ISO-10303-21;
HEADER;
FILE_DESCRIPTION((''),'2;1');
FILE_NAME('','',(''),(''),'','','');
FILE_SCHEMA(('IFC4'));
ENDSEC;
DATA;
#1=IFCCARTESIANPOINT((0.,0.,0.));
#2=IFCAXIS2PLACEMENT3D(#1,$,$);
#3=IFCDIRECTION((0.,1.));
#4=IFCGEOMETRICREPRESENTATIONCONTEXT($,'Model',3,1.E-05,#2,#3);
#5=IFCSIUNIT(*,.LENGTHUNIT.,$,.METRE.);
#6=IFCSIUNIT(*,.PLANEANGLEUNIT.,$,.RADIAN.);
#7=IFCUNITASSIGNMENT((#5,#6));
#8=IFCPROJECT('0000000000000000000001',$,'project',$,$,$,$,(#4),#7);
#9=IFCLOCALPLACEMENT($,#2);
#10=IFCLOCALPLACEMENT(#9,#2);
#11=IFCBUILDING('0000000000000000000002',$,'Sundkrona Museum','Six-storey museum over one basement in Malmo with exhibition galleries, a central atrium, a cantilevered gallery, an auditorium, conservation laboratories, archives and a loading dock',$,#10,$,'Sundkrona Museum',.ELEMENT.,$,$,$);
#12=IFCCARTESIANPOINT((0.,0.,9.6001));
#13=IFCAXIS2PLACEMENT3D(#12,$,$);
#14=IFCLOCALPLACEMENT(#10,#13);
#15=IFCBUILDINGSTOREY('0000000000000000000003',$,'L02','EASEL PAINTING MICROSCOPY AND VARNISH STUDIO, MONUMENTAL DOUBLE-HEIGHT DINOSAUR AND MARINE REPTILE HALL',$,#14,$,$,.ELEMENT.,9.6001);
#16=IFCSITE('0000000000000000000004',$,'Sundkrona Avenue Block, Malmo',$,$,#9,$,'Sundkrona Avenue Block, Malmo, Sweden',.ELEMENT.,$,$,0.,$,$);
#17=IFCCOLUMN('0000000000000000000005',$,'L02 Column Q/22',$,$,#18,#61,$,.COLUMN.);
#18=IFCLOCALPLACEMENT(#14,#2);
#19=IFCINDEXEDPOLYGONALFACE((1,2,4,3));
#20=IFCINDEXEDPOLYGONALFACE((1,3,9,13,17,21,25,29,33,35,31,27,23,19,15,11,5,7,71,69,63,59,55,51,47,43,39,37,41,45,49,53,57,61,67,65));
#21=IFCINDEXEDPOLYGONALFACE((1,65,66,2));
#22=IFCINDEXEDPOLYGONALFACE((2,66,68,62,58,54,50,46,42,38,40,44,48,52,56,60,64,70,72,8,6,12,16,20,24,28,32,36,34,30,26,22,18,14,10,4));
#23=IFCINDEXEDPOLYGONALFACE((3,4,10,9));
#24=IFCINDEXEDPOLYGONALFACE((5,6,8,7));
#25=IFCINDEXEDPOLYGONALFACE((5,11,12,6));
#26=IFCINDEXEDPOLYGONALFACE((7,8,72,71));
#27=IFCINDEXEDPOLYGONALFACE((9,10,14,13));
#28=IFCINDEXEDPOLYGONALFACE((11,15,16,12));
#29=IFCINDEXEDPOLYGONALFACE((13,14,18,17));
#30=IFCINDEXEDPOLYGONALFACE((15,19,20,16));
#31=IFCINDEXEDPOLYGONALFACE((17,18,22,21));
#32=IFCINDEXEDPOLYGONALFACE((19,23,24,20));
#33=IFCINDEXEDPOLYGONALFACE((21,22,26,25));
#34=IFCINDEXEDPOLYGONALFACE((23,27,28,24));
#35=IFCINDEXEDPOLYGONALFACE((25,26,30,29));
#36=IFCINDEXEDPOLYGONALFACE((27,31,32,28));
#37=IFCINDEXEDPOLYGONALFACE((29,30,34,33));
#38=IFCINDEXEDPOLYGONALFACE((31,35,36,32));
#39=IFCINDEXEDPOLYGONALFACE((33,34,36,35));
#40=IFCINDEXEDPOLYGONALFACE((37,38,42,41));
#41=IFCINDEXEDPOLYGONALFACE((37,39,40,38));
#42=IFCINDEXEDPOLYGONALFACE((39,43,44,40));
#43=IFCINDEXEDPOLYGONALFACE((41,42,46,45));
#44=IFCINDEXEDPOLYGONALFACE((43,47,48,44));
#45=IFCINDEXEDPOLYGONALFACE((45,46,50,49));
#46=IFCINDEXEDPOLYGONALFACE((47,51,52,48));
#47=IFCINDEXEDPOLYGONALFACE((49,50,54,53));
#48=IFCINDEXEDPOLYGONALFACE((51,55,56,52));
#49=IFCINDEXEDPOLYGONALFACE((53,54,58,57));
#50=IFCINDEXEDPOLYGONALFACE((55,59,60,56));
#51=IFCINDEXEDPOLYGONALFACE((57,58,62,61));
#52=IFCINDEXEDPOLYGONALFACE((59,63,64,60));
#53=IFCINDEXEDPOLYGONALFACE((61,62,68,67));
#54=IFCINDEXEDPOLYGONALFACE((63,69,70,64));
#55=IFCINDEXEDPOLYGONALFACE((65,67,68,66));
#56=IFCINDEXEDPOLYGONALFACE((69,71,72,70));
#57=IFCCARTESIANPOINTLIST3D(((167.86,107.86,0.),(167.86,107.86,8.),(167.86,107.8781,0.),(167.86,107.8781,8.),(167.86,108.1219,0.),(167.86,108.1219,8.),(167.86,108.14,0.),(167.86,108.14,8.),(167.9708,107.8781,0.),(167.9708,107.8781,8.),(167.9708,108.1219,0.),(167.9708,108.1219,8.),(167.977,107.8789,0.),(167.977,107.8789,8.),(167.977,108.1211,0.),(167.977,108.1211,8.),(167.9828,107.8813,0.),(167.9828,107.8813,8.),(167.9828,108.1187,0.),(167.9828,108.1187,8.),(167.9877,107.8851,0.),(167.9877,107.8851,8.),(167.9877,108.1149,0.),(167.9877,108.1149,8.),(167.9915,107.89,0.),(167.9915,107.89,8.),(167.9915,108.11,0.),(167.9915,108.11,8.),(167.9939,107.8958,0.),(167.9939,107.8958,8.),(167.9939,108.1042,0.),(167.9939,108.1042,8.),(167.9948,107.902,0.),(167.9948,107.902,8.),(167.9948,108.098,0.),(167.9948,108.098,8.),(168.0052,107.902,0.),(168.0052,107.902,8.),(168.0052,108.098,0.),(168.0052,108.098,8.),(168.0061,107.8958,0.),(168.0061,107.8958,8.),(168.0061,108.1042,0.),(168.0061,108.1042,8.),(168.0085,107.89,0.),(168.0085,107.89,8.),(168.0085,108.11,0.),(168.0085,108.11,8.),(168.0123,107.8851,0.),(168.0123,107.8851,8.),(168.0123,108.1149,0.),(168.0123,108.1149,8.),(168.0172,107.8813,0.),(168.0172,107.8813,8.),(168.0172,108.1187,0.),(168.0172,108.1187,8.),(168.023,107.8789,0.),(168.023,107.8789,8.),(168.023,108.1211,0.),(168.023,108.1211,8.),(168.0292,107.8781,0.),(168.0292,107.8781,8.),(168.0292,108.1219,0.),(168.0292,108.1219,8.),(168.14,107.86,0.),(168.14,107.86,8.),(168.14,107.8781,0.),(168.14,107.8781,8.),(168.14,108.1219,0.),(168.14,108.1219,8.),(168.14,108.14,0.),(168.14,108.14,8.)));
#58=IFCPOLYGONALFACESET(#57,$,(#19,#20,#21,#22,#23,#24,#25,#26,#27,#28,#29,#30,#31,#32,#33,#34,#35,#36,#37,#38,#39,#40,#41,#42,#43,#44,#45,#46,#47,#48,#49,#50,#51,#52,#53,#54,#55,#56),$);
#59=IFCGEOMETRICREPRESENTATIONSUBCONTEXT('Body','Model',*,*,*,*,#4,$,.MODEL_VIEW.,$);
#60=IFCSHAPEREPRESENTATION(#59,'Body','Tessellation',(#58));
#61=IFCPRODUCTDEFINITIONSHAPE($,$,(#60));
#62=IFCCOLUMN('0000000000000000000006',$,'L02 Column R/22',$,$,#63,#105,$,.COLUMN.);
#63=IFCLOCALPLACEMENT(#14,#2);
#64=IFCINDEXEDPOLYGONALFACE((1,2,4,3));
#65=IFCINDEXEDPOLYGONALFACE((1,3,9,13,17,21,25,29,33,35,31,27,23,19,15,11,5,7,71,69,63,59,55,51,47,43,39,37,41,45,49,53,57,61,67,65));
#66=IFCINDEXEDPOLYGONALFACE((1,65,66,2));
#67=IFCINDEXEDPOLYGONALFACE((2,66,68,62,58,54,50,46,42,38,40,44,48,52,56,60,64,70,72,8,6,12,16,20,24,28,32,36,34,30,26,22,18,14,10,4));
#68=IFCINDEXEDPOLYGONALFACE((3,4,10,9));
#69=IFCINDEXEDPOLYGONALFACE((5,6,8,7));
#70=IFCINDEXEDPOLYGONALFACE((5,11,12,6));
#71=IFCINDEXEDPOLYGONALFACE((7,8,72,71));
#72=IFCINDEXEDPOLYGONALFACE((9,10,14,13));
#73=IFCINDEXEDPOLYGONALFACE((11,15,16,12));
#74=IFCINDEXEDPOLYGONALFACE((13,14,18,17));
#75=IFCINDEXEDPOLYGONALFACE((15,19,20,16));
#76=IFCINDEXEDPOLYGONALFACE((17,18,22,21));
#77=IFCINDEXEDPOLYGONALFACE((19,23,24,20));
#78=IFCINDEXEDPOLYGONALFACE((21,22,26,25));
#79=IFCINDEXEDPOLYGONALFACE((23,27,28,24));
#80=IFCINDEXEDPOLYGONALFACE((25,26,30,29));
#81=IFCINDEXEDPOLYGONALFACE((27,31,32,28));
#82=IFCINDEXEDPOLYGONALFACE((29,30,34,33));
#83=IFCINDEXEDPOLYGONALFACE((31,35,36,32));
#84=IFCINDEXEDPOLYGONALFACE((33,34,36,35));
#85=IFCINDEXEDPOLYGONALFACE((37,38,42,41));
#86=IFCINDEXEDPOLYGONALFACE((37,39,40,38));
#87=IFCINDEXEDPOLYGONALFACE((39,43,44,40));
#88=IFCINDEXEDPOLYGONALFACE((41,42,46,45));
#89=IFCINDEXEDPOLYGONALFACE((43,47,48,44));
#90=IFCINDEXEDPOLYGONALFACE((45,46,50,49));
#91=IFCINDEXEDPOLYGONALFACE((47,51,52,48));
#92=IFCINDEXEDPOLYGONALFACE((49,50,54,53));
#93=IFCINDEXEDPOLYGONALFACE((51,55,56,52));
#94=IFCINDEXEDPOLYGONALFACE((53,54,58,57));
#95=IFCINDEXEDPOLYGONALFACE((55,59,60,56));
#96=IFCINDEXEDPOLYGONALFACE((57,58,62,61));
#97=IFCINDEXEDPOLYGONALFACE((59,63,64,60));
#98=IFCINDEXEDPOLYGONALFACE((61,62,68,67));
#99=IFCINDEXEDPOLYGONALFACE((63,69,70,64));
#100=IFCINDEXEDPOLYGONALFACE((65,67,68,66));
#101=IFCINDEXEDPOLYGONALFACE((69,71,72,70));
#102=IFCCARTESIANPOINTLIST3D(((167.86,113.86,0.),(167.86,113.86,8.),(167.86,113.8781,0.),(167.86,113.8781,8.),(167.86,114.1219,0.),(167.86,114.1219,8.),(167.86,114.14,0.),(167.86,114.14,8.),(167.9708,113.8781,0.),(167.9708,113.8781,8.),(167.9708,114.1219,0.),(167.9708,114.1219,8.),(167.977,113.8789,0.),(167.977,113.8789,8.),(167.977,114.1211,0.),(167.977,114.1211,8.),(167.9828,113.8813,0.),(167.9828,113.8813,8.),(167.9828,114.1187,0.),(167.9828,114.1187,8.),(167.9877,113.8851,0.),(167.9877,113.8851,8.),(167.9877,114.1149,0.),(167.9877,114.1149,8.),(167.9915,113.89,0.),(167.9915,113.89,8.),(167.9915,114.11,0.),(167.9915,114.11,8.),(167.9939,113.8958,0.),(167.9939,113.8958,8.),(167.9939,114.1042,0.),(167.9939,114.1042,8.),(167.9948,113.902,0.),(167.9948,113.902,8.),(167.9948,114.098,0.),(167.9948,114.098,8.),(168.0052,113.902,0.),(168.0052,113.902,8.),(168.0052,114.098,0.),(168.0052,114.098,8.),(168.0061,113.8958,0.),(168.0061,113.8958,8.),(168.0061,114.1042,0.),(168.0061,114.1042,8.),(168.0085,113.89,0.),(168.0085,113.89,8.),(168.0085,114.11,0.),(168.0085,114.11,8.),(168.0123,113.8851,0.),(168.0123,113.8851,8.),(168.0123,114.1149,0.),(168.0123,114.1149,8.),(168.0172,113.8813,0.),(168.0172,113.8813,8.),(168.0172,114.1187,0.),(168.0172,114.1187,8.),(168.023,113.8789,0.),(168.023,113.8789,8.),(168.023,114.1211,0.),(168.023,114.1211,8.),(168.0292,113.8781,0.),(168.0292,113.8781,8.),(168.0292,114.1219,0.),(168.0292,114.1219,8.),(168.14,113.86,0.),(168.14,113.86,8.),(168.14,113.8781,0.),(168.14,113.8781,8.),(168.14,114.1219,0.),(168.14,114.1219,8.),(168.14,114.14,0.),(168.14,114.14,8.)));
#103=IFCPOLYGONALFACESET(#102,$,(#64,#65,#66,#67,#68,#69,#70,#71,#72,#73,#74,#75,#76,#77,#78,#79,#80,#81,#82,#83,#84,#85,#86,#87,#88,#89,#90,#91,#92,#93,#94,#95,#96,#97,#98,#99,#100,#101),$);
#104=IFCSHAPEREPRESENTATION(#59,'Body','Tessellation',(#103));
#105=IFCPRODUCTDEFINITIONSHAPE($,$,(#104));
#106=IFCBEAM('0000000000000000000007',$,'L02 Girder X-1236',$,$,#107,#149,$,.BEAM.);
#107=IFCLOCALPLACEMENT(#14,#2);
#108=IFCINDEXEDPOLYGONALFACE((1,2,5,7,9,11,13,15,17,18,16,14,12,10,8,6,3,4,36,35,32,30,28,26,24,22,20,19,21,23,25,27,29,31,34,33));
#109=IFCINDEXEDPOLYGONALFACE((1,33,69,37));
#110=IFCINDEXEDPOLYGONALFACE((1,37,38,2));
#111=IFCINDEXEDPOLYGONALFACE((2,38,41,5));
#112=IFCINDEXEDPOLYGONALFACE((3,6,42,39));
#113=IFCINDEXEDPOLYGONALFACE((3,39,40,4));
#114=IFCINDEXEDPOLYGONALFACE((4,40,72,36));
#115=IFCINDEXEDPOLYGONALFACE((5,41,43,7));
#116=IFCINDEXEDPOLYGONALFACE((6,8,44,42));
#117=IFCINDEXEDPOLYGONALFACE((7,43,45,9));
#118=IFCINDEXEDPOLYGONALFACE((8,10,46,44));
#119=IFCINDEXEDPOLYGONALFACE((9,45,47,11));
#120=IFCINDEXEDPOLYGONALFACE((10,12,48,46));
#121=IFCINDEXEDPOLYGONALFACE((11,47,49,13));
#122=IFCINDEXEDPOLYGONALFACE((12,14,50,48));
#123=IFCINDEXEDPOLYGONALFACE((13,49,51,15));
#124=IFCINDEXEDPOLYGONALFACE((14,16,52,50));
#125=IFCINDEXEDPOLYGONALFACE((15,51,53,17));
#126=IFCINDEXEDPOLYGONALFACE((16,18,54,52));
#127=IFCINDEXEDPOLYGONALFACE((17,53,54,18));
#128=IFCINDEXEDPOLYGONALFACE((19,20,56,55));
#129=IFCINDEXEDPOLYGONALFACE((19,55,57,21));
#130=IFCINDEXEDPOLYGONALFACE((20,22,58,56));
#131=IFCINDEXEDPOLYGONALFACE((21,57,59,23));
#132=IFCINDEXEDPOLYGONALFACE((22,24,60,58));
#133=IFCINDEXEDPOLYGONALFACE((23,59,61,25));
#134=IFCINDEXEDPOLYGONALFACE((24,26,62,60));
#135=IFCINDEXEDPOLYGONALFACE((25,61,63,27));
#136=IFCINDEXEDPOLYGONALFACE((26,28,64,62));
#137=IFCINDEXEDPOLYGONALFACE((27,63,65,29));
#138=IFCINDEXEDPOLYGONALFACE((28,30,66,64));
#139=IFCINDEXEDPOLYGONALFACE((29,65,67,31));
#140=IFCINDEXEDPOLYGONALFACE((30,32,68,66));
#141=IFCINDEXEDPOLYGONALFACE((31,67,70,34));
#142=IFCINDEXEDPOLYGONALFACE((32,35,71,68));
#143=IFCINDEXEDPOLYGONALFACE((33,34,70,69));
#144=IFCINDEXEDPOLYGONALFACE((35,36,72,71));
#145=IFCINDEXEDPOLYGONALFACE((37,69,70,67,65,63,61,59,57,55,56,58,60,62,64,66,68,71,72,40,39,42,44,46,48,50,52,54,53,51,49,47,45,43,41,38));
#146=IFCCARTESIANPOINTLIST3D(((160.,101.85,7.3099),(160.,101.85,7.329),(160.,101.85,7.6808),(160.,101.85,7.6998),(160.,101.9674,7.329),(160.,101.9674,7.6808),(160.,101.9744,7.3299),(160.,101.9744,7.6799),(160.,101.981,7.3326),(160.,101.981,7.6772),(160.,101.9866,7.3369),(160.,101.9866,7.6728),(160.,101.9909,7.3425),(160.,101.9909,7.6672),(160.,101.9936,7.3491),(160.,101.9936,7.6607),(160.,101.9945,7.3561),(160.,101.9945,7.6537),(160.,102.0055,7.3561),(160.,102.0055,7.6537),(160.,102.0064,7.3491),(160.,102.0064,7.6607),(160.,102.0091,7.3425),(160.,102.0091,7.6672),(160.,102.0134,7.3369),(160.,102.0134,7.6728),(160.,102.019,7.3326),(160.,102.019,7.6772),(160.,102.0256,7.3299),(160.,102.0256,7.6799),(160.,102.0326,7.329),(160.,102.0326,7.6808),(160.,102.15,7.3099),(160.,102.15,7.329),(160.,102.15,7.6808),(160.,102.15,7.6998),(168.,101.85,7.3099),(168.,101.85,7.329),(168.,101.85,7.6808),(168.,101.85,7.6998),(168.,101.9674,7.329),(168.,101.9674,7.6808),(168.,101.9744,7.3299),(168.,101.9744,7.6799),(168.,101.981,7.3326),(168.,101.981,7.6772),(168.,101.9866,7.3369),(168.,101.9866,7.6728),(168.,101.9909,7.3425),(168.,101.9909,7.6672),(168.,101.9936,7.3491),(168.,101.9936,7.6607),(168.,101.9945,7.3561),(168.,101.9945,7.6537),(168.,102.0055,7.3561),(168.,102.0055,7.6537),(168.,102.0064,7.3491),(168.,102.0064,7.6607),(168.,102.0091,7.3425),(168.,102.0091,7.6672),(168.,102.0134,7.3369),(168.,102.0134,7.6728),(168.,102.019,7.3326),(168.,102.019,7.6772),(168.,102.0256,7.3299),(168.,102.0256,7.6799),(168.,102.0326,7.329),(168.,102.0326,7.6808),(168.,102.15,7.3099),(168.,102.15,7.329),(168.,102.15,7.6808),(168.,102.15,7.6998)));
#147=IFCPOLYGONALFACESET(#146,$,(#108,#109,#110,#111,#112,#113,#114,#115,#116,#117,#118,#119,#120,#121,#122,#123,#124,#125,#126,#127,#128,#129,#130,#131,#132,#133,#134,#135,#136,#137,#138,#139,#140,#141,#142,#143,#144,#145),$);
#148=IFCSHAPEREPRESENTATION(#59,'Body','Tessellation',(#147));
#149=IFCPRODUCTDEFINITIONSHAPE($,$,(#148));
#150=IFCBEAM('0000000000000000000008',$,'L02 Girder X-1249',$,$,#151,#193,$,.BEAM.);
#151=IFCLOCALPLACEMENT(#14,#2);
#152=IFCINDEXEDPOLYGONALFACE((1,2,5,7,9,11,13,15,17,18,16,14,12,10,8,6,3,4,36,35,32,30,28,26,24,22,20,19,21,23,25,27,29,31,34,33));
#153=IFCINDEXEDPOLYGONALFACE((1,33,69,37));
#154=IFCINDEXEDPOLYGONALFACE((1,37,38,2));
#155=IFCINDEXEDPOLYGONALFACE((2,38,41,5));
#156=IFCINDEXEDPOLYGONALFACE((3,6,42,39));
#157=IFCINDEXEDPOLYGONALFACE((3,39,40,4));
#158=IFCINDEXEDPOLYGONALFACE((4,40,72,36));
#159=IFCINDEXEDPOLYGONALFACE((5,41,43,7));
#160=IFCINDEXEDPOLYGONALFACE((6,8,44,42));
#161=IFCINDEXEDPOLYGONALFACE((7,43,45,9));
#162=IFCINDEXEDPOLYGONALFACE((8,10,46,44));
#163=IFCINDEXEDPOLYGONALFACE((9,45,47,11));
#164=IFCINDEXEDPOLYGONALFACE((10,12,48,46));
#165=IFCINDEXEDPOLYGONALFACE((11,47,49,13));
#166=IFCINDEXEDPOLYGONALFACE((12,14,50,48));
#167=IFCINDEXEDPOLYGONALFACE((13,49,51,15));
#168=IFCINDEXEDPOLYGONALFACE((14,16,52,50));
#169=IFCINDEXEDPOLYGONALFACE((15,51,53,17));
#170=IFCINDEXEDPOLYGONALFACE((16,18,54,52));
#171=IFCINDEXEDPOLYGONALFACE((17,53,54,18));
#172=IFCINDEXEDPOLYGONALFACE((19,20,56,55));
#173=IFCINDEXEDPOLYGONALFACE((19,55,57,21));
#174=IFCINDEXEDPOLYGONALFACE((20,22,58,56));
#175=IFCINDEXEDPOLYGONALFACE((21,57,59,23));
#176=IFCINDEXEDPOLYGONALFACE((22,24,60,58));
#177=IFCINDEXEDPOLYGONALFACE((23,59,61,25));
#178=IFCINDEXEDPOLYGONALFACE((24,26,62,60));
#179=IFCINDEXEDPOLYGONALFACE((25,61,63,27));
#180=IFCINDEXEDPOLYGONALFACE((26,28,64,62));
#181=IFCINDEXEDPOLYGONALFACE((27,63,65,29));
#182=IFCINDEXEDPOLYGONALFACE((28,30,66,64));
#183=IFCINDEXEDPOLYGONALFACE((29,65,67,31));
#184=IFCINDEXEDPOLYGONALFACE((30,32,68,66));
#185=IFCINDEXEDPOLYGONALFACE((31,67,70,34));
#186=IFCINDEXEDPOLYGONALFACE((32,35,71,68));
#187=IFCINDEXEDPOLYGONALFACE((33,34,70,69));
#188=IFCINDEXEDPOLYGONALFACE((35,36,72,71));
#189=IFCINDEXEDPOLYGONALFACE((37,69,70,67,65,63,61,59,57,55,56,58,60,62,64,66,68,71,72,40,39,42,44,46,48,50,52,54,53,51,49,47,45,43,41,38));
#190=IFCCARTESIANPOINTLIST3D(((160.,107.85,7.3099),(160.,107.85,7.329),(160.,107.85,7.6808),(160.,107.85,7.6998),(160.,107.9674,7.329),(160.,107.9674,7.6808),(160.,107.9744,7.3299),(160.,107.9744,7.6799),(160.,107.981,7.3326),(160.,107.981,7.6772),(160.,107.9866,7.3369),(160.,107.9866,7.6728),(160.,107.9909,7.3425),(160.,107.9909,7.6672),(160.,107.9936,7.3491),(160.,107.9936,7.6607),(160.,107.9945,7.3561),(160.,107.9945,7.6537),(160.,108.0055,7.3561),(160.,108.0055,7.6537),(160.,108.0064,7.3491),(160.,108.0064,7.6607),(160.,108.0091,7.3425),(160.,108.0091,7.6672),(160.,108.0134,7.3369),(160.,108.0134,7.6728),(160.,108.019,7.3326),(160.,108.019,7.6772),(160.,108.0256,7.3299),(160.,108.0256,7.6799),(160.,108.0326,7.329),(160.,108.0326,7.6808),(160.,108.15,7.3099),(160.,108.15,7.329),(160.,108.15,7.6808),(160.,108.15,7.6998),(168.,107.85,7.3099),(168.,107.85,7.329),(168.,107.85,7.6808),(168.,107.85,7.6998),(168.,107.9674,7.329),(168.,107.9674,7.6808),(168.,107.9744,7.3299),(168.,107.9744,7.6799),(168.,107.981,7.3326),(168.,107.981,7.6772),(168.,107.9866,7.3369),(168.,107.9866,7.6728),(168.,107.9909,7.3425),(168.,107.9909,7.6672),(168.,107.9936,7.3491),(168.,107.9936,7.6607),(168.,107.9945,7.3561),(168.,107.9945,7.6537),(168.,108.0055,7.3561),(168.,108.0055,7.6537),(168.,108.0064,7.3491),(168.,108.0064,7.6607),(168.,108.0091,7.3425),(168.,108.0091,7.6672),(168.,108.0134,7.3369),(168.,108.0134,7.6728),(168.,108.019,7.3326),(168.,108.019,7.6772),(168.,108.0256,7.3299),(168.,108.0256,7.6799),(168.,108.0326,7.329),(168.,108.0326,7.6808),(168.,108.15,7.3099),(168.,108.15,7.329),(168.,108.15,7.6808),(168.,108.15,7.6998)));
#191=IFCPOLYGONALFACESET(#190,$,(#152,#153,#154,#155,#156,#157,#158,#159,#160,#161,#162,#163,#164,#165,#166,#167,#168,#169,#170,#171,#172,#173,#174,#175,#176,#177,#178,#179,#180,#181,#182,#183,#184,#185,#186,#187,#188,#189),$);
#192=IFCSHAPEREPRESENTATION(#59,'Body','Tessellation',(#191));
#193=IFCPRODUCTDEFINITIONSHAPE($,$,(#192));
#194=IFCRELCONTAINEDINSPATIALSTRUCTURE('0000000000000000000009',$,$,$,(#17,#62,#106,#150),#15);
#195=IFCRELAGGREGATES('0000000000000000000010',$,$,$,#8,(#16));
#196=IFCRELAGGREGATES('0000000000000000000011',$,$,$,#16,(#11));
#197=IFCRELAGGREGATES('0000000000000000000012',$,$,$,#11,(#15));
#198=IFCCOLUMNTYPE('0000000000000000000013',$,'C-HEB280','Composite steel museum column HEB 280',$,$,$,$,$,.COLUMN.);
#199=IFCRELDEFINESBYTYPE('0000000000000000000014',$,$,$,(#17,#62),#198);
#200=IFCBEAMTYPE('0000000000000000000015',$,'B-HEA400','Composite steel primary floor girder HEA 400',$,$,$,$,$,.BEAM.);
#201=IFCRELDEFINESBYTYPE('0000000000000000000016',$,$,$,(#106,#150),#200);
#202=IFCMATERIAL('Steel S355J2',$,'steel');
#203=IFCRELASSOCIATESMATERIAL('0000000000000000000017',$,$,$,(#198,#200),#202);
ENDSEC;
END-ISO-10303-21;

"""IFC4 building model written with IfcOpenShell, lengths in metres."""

from ifc_helpers import new_model, si_unit, direction, frame, origin, origin_2d, place, context, subcontext, project, spatial, i_section, extrude, material, material_profile, profile_set, type_object, element, save


model = new_model("IFC4")

# Units and contexts
model_context = context("Model", 3, precision=1e-05, world=origin(), true_north=direction((0.0, 1.0)))
body_context = subcontext(model_context, "Body", "Model", "MODEL_VIEW")
ifc_project = project(units=[si_unit("LENGTHUNIT", "METRE"), si_unit("PLANEANGLEUNIT", "RADIAN")], contexts=[model_context])

# Site, building, storey
site_placement = place(None, origin())
site = spatial("IfcSite", under=ifc_project, at=site_placement, Name="Sundkrona Avenue Block, Malmo", LongName="Sundkrona Avenue Block, Malmo, Sweden", CompositionType="ELEMENT", RefElevation=0.0)
building_placement = place(site_placement, origin())
building = spatial("IfcBuilding", under=site, at=building_placement, Name="Sundkrona Museum", Description="Six-storey museum over one basement in Malmo with exhibition galleries, a central atrium, a cantilevered gallery, an auditorium, conservation laboratories, archives and a loading dock", LongName="Sundkrona Museum", CompositionType="ELEMENT")
storey_placement = place(building_placement, frame((0.0, 0.0, 9.6001)))
storey = spatial("IfcBuildingStorey", under=building, at=storey_placement, Name="L02", Description="EASEL PAINTING MICROSCOPY AND VARNISH STUDIO, MONUMENTAL DOUBLE-HEIGHT DINOSAUR AND MARINE REPTILE HALL", CompositionType="ELEMENT", Elevation=9.6001)

# Columns
ifc_material_1 = material(Name="Steel S355J2", Category="steel")
ifc_material_profile_1 = material_profile(ifc_material_1, i_section(OverallWidth=0.28, OverallDepth=0.28, WebThickness=0.0105, FlangeThickness=0.0181, FilletRadius=0.0239, at=origin_2d()), Name="HEB 280")
ifc_profile_set_1 = profile_set([ifc_material_profile_1], Name="Steel S355J2")
column_type = type_object("IfcColumnType", Name="C-HEB280", Description="Composite steel museum column HEB 280", PredefinedType="COLUMN", material=ifc_profile_set_1)
for number, where, z_axis, x_axis, name in (
    (1, (168.0, 108.0, 0.0), (0.0, 0.0, 1.0), (1.0, 0.0, 0.0), "L02 Column Q/22"),
    (2, (168.0, 114.0, 0.0), (0.0, 0.0, 1.0), (1.0, 0.0, 0.0), "L02 Column R/22"),
):
    element("IfcColumn", number, at=place(storey_placement, frame(where, z_axis=z_axis, x_axis=x_axis)), inside=storey, type_object=column_type, Name=name, PredefinedType="COLUMN", context=body_context, shape_type="SweptSolid", body=[
        extrude(i_section(OverallWidth=0.28, OverallDepth=0.28, WebThickness=0.0105, FlangeThickness=0.0181, FilletRadius=0.0239, at=origin_2d()), origin(), (0.0, 0.0, 1.0), 8.0),
    ])

# Beams
ifc_material_profile_2 = material_profile(ifc_material_1, i_section(OverallWidth=0.3, OverallDepth=0.3899, WebThickness=0.011, FlangeThickness=0.019, FilletRadius=0.0271, at=origin_2d()), Name="HEA 400")
ifc_profile_set_2 = profile_set([ifc_material_profile_2], Name="Steel S355J2")
beam_type_1 = type_object("IfcBeamType", Name="B-HEA400", Description="Composite steel primary floor girder HEA 400", PredefinedType="BEAM", material=ifc_profile_set_2)
for number, where, z_axis, x_axis, name in (
    (3, (160.0, 102.0, 7.5049), (1.0, 0.0, 0.0), (0.0, 1.0, 0.0), "L02 Girder X-1236"),
    (4, (160.0, 108.0, 7.5049), (1.0, 0.0, 0.0), (0.0, 1.0, 0.0), "L02 Girder X-1249"),
):
    element("IfcBeam", number, at=place(storey_placement, frame(where, z_axis=z_axis, x_axis=x_axis)), inside=storey, type_object=beam_type_1, Name=name, PredefinedType="BEAM", context=body_context, shape_type="SweptSolid", body=[
        extrude(i_section(OverallWidth=0.3, OverallDepth=0.3899, WebThickness=0.011, FlangeThickness=0.019, FilletRadius=0.0271, at=origin_2d()), origin(), (0.0, 0.0, 1.0), 8.0),
    ])

save(model, "model.ifc")
